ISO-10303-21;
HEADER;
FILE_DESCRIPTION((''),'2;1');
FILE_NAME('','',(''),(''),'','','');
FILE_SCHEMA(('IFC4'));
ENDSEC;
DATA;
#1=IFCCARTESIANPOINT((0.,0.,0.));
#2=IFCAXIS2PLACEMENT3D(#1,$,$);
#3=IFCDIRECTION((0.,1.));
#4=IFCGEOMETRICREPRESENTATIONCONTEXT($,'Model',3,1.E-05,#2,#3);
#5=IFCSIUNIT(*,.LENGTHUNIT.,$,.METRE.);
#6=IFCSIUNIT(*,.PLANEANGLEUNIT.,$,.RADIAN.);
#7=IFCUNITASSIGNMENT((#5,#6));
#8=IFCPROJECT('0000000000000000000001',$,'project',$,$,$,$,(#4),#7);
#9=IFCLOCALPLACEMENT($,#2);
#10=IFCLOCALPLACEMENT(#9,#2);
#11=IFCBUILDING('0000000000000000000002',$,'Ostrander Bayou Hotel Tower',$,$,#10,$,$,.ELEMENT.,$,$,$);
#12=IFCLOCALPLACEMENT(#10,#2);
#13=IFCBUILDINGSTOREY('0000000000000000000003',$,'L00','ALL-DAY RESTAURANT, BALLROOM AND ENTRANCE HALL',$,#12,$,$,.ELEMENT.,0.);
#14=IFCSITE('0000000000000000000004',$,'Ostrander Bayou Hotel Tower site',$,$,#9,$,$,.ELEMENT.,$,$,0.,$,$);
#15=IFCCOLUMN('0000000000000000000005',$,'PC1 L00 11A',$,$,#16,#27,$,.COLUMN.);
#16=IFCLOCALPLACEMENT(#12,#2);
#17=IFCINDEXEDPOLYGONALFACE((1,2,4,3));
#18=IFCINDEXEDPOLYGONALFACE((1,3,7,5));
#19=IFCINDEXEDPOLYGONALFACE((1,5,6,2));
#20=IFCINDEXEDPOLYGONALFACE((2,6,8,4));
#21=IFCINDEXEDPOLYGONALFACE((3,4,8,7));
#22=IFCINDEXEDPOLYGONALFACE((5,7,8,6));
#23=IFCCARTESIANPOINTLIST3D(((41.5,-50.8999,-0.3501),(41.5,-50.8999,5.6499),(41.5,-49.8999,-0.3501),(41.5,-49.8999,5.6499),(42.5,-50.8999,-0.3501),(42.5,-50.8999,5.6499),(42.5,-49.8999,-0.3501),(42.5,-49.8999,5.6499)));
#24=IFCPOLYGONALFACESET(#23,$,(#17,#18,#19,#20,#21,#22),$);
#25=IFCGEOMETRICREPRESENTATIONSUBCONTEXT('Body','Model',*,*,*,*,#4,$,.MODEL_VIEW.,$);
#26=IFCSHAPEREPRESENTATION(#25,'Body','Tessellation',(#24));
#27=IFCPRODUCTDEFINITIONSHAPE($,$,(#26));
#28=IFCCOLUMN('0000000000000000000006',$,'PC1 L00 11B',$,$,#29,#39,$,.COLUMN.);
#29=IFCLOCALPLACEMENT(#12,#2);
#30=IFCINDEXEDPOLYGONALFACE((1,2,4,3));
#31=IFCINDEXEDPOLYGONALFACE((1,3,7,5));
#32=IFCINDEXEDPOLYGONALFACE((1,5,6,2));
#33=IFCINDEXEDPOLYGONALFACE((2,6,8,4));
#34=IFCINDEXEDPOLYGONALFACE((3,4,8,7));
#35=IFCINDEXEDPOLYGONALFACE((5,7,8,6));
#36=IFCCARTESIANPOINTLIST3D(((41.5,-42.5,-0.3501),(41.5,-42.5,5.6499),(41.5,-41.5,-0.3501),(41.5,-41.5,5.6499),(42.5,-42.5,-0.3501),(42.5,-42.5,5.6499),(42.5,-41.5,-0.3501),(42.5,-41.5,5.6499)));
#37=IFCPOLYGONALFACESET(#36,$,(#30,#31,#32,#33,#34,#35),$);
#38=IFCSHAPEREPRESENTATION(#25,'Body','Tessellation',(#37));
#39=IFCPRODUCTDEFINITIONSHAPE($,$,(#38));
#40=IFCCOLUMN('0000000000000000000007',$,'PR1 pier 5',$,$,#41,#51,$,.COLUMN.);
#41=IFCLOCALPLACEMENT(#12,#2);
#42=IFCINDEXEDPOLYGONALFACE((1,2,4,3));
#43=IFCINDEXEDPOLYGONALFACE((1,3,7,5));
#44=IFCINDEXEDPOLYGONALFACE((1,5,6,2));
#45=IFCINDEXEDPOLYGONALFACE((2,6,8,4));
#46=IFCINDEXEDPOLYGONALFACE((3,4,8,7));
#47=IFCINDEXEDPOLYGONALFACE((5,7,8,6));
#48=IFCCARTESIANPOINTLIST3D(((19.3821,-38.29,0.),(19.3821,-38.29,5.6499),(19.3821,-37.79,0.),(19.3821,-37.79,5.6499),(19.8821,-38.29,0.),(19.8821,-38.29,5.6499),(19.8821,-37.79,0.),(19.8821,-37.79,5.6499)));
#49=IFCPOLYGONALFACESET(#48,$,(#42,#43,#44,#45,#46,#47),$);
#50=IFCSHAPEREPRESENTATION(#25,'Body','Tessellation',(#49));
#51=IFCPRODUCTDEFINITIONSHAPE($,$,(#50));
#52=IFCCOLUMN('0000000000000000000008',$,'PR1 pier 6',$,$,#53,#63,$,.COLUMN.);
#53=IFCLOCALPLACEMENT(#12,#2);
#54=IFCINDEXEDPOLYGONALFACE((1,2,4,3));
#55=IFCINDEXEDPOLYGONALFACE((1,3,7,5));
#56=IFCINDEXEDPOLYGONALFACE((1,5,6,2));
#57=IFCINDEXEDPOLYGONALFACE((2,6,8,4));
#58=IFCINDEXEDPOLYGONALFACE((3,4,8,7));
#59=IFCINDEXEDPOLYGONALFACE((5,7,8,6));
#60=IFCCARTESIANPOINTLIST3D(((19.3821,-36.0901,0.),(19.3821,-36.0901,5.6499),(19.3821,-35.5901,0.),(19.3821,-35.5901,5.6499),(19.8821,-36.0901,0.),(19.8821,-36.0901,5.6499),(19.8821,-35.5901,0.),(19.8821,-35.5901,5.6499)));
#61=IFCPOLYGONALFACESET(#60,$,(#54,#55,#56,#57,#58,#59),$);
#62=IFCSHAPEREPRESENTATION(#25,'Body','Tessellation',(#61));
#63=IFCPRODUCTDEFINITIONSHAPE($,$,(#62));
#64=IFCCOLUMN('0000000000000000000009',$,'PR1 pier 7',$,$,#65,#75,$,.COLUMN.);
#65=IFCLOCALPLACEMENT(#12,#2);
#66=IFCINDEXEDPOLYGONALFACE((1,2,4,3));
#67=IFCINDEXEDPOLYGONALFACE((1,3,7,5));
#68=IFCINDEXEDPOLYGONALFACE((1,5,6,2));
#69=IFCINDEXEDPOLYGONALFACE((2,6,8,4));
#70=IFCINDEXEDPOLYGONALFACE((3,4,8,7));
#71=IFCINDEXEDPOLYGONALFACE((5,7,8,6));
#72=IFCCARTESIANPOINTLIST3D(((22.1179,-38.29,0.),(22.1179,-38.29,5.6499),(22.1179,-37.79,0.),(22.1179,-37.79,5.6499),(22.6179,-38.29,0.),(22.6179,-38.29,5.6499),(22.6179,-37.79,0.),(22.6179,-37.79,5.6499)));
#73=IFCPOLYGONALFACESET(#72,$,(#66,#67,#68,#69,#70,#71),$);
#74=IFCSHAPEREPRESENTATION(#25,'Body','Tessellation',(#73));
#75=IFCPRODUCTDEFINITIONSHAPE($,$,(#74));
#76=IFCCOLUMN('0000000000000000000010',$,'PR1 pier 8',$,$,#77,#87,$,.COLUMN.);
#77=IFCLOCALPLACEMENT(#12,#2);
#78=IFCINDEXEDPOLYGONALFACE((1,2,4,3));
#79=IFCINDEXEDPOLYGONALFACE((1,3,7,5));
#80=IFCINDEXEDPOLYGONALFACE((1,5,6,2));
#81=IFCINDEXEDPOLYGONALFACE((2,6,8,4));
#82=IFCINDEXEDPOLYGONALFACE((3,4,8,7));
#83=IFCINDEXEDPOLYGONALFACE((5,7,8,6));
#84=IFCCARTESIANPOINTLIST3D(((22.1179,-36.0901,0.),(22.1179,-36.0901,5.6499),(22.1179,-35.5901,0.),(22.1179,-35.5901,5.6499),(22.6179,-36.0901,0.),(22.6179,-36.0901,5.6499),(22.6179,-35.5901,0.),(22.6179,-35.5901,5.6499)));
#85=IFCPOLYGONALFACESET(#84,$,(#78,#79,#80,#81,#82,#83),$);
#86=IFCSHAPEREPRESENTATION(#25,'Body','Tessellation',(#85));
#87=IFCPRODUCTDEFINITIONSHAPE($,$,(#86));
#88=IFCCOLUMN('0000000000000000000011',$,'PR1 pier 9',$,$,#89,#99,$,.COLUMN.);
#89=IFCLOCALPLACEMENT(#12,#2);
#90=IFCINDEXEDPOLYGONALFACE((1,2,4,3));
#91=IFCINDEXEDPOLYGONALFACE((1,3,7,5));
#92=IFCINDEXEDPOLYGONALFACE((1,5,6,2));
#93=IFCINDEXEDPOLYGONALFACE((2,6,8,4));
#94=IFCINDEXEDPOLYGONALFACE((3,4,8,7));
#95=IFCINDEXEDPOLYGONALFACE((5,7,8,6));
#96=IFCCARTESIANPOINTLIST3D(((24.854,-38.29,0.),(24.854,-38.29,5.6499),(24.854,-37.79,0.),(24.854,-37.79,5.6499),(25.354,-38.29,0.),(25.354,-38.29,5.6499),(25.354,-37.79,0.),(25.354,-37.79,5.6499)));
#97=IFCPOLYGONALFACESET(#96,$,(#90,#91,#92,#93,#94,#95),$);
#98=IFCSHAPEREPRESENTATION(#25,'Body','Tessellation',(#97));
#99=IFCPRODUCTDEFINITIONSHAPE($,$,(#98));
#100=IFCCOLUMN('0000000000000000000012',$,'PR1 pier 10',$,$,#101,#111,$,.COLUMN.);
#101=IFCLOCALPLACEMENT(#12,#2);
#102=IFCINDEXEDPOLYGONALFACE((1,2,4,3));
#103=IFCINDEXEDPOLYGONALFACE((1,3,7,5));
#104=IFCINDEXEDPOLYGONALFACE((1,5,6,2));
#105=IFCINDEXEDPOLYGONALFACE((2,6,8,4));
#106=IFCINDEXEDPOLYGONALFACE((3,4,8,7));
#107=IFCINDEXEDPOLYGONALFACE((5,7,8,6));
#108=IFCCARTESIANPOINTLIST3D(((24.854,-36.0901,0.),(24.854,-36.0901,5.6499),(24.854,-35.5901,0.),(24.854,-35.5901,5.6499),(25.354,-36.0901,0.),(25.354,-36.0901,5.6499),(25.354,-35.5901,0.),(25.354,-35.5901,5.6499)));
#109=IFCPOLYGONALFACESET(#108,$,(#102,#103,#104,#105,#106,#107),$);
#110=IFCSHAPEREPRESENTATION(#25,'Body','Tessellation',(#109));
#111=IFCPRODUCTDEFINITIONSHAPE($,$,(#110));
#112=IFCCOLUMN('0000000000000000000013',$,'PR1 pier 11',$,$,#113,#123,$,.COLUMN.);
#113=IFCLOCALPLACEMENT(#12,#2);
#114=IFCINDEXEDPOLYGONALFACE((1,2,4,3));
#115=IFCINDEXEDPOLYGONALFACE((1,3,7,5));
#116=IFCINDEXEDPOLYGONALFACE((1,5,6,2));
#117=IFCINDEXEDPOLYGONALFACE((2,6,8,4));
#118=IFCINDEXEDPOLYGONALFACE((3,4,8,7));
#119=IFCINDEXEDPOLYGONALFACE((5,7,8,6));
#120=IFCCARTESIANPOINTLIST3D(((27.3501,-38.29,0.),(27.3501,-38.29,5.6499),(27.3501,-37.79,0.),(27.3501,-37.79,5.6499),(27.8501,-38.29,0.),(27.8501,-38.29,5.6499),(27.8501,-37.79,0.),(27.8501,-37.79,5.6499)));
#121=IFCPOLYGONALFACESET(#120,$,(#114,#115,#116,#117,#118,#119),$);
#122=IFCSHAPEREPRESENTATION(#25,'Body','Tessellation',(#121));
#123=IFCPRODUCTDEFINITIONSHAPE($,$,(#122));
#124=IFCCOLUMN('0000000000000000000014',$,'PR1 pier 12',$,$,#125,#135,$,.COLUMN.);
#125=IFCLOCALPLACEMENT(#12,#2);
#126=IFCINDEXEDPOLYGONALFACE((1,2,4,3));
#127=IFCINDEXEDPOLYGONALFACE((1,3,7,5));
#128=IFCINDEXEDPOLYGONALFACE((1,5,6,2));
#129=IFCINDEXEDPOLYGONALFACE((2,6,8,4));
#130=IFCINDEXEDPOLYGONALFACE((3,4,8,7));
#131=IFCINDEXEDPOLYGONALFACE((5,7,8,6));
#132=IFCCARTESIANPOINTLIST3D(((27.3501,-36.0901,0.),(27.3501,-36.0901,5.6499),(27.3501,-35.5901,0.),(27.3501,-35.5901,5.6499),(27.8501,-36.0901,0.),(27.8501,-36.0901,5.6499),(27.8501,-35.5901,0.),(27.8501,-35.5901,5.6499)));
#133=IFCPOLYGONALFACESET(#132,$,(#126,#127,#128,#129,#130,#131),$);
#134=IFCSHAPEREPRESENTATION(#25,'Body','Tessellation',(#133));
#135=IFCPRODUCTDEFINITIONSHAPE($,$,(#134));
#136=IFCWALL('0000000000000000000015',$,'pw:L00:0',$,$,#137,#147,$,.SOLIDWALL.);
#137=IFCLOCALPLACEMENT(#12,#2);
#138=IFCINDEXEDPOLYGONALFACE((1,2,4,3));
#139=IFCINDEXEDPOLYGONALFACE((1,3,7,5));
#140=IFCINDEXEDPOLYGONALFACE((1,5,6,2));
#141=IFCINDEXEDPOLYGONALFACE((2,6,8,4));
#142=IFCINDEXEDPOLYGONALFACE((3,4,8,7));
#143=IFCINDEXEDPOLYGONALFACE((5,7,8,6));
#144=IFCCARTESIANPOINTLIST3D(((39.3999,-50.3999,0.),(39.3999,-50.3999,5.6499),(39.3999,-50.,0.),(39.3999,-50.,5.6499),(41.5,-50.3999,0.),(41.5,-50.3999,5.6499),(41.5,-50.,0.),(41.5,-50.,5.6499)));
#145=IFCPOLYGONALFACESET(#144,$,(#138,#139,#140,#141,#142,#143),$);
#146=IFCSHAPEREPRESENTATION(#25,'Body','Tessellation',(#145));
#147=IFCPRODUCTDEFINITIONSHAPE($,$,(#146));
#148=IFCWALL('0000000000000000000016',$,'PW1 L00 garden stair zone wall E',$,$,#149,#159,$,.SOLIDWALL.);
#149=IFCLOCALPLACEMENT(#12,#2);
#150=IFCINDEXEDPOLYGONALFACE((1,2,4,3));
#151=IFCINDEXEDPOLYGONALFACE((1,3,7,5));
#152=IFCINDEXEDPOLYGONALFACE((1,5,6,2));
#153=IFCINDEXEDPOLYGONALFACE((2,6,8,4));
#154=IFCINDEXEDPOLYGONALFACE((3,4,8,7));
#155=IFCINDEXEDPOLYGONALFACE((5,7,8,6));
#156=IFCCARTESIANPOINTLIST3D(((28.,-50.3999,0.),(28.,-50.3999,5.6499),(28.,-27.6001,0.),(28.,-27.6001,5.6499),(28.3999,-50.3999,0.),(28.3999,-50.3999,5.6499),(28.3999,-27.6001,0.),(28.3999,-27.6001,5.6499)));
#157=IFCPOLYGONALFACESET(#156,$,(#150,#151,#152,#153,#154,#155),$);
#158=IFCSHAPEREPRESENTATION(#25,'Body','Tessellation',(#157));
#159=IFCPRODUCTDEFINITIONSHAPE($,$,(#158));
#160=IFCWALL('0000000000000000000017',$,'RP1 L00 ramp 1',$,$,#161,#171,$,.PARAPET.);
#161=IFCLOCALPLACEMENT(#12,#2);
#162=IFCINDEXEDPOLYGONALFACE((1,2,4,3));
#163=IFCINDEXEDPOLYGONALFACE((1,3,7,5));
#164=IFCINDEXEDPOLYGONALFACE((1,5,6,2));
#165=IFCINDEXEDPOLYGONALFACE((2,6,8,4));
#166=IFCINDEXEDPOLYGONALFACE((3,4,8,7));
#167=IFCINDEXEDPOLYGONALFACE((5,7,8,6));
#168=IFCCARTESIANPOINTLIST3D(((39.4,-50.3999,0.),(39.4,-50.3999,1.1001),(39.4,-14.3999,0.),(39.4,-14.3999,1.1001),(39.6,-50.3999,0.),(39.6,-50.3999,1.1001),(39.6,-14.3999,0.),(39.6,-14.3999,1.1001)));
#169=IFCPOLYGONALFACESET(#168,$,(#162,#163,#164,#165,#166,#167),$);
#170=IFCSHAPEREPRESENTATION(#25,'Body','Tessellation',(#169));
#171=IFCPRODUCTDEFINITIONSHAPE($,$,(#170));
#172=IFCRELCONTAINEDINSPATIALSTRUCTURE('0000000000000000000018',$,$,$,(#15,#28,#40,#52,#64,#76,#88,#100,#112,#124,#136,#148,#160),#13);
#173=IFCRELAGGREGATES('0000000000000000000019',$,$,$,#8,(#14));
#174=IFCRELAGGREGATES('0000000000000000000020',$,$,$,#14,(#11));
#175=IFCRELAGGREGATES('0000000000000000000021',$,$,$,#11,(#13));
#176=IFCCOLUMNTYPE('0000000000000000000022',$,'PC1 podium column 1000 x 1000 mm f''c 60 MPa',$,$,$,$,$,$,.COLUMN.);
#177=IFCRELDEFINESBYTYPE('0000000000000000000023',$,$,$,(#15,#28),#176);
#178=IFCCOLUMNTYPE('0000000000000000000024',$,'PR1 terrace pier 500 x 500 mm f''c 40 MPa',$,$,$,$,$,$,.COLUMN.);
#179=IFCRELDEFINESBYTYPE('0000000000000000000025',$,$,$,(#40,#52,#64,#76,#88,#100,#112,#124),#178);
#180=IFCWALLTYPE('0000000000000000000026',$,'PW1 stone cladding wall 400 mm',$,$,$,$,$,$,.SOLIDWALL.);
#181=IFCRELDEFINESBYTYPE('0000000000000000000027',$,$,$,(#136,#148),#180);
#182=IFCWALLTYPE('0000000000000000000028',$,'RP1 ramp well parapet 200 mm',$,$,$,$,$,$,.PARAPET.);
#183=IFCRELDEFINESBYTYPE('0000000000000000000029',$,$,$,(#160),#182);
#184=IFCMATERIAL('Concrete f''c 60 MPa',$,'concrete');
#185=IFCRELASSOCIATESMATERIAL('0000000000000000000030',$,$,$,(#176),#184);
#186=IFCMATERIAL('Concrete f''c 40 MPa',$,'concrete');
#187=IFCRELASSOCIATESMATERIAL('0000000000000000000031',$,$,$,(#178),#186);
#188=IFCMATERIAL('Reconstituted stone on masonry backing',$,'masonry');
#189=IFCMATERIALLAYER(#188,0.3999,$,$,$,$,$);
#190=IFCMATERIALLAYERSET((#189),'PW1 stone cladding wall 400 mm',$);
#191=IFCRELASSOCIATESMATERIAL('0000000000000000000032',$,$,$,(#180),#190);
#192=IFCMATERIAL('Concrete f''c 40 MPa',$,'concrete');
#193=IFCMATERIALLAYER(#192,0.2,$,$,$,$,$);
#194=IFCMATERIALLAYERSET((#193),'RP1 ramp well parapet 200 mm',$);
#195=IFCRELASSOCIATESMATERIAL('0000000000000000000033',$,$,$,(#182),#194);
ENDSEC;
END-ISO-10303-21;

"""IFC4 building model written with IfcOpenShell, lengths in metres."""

from ifc_helpers import new_model, si_unit, direction, frame, frame_2d, origin, origin_2d, place, context, subcontext, project, spatial, rectangle, extrude, material, layer, layer_set, material_profile, profile_set, type_object, element, save


model = new_model("IFC4")

# Units and contexts
model_context = context("Model", 3, precision=1e-05, world=origin(), true_north=direction((0.0, 1.0)))
body_context = subcontext(model_context, "Body", "Model", "MODEL_VIEW")
ifc_project = project(units=[si_unit("LENGTHUNIT", "METRE"), si_unit("PLANEANGLEUNIT", "RADIAN")], contexts=[model_context])

# Site, building, storey
site_placement = place(None, origin())
site = spatial("IfcSite", under=ifc_project, at=site_placement, Name="Ostrander Bayou Hotel Tower site", CompositionType="ELEMENT", RefElevation=0.0)
building_placement = place(site_placement, origin())
building = spatial("IfcBuilding", under=site, at=building_placement, Name="Ostrander Bayou Hotel Tower", CompositionType="ELEMENT")
storey_placement = place(building_placement, origin())
storey = spatial("IfcBuildingStorey", under=building, at=storey_placement, Name="L00", Description="ALL-DAY RESTAURANT, BALLROOM AND ENTRANCE HALL", CompositionType="ELEMENT", Elevation=0.0)

# Columns
ifc_material_1 = material(Name="Concrete f'c 60 MPa", Category="concrete")
ifc_material_profile_1 = material_profile(ifc_material_1, rectangle(XDim=1.0, YDim=1.0, at=origin_2d()))
ifc_profile_set_1 = profile_set([ifc_material_profile_1], Name="Concrete f'c 60 MPa")
column_type_1 = type_object("IfcColumnType", Name="PC1 podium column 1000 x 1000 mm f'c 60 MPa", PredefinedType="COLUMN", material=ifc_profile_set_1)
for number, where, z_axis, x_axis, name in (
    (1, (42.0, -50.3999, -0.3501), (0.0, 0.0, 1.0), (1.0, 0.0, 0.0), "PC1 L00 11A"),
    (2, (42.0, -42.0, -0.3501), (0.0, 0.0, 1.0), (1.0, 0.0, 0.0), "PC1 L00 11B"),
):
    element("IfcColumn", number, at=place(storey_placement, frame(where, z_axis=z_axis, x_axis=x_axis)), inside=storey, type_object=column_type_1, Name=name, PredefinedType="COLUMN", context=body_context, shape_type="SweptSolid", body=[
        extrude(rectangle(XDim=1.0, YDim=1.0, at=origin_2d()), origin(), (0.0, 0.0, 1.0), 6.0),
    ])
ifc_material_2 = material(Name="Concrete f'c 40 MPa", Category="concrete")
ifc_material_profile_2 = material_profile(ifc_material_2, rectangle(XDim=0.5, YDim=0.5, at=origin_2d()))
ifc_profile_set_2 = profile_set([ifc_material_profile_2], Name="Concrete f'c 40 MPa")
column_type_2 = type_object("IfcColumnType", Name="PR1 terrace pier 500 x 500 mm f'c 40 MPa", PredefinedType="COLUMN", material=ifc_profile_set_2)
for number, where, z_axis, x_axis, name in (
    (3, (19.6321, -38.04, 0.0), (0.0, 0.0, 1.0), (1.0, 0.0, 0.0), "PR1 pier 5"),
    (4, (19.6321, -35.8401, 0.0), (0.0, 0.0, 1.0), (1.0, 0.0, 0.0), "PR1 pier 6"),
    (5, (22.3679, -38.04, 0.0), (0.0, 0.0, 1.0), (1.0, 0.0, 0.0), "PR1 pier 7"),
    (6, (22.3679, -35.8401, 0.0), (0.0, 0.0, 1.0), (1.0, 0.0, 0.0), "PR1 pier 8"),
    (7, (25.104, -38.04, 0.0), (0.0, 0.0, 1.0), (1.0, 0.0, 0.0), "PR1 pier 9"),
    (8, (25.104, -35.8401, 0.0), (0.0, 0.0, 1.0), (1.0, 0.0, 0.0), "PR1 pier 10"),
    (9, (27.6001, -38.04, 0.0), (0.0, 0.0, 1.0), (1.0, 0.0, 0.0), "PR1 pier 11"),
    (10, (27.6001, -35.8401, 0.0), (0.0, 0.0, 1.0), (1.0, 0.0, 0.0), "PR1 pier 12"),
):
    element("IfcColumn", number, at=place(storey_placement, frame(where, z_axis=z_axis, x_axis=x_axis)), inside=storey, type_object=column_type_2, Name=name, PredefinedType="COLUMN", context=body_context, shape_type="SweptSolid", body=[
        extrude(rectangle(XDim=0.5, YDim=0.5, at=origin_2d()), origin(), (0.0, 0.0, 1.0), 5.6499),
    ])

# Wall
ifc_material_3 = material(Name="Reconstituted stone on masonry backing", Category="masonry")
ifc_layer_1 = layer(ifc_material_3, 0.3999)
ifc_layer_set_1 = layer_set([ifc_layer_1], Name="PW1 stone cladding wall 400 mm")
wall_type_1 = type_object("IfcWallType", Name="PW1 stone cladding wall 400 mm", PredefinedType="SOLIDWALL", material=ifc_layer_set_1)
wall_1_placement = place(storey_placement, frame((41.5, -50.2, 0.0), z_axis=(0.0, 0.0, 1.0), x_axis=(-1.0, 0.0, 0.0)))
element("IfcWall", 11, at=wall_1_placement, inside=storey, type_object=wall_type_1, Name="pw:L00:0", PredefinedType="SOLIDWALL", context=body_context, shape_type="SweptSolid", body=[
    extrude(rectangle(XDim=2.1001, YDim=0.3999, at=frame_2d((1.05, 0.0))), origin(), (0.0, 0.0, 1.0), 5.6499),
])

# Walls
wall_2_placement = place(storey_placement, frame((28.2, -50.3999, 0.0), z_axis=(0.0, 0.0, 1.0), x_axis=(0.0, 1.0, 0.0)))
element("IfcWall", 12, at=wall_2_placement, inside=storey, type_object=wall_type_1, Name="PW1 L00 garden stair zone wall E", PredefinedType="SOLIDWALL", context=body_context, shape_type="SweptSolid", body=[
    extrude(rectangle(XDim=22.7998, YDim=0.3999, at=frame_2d((11.3999, 0.0))), origin(), (0.0, 0.0, 1.0), 5.6499),
])
ifc_material_4 = material(Name="Concrete f'c 40 MPa", Category="concrete")
ifc_layer_2 = layer(ifc_material_4, 0.2)
ifc_layer_set_2 = layer_set([ifc_layer_2], Name="RP1 ramp well parapet 200 mm")
wall_type_2 = type_object("IfcWallType", Name="RP1 ramp well parapet 200 mm", PredefinedType="PARAPET", material=ifc_layer_set_2)
wall_3_placement = place(storey_placement, frame((39.5, -50.3999, 0.0), z_axis=(0.0, 0.0, 1.0), x_axis=(0.0, 1.0, 0.0)))
element("IfcWall", 13, at=wall_3_placement, inside=storey, type_object=wall_type_2, Name="RP1 L00 ramp 1", PredefinedType="PARAPET", context=body_context, shape_type="SweptSolid", body=[
    extrude(rectangle(XDim=36.0, YDim=0.2, at=frame_2d((18.0, 0.0))), origin(), (0.0, 0.0, 1.0), 1.1001),
])

save(model, "model.ifc")
